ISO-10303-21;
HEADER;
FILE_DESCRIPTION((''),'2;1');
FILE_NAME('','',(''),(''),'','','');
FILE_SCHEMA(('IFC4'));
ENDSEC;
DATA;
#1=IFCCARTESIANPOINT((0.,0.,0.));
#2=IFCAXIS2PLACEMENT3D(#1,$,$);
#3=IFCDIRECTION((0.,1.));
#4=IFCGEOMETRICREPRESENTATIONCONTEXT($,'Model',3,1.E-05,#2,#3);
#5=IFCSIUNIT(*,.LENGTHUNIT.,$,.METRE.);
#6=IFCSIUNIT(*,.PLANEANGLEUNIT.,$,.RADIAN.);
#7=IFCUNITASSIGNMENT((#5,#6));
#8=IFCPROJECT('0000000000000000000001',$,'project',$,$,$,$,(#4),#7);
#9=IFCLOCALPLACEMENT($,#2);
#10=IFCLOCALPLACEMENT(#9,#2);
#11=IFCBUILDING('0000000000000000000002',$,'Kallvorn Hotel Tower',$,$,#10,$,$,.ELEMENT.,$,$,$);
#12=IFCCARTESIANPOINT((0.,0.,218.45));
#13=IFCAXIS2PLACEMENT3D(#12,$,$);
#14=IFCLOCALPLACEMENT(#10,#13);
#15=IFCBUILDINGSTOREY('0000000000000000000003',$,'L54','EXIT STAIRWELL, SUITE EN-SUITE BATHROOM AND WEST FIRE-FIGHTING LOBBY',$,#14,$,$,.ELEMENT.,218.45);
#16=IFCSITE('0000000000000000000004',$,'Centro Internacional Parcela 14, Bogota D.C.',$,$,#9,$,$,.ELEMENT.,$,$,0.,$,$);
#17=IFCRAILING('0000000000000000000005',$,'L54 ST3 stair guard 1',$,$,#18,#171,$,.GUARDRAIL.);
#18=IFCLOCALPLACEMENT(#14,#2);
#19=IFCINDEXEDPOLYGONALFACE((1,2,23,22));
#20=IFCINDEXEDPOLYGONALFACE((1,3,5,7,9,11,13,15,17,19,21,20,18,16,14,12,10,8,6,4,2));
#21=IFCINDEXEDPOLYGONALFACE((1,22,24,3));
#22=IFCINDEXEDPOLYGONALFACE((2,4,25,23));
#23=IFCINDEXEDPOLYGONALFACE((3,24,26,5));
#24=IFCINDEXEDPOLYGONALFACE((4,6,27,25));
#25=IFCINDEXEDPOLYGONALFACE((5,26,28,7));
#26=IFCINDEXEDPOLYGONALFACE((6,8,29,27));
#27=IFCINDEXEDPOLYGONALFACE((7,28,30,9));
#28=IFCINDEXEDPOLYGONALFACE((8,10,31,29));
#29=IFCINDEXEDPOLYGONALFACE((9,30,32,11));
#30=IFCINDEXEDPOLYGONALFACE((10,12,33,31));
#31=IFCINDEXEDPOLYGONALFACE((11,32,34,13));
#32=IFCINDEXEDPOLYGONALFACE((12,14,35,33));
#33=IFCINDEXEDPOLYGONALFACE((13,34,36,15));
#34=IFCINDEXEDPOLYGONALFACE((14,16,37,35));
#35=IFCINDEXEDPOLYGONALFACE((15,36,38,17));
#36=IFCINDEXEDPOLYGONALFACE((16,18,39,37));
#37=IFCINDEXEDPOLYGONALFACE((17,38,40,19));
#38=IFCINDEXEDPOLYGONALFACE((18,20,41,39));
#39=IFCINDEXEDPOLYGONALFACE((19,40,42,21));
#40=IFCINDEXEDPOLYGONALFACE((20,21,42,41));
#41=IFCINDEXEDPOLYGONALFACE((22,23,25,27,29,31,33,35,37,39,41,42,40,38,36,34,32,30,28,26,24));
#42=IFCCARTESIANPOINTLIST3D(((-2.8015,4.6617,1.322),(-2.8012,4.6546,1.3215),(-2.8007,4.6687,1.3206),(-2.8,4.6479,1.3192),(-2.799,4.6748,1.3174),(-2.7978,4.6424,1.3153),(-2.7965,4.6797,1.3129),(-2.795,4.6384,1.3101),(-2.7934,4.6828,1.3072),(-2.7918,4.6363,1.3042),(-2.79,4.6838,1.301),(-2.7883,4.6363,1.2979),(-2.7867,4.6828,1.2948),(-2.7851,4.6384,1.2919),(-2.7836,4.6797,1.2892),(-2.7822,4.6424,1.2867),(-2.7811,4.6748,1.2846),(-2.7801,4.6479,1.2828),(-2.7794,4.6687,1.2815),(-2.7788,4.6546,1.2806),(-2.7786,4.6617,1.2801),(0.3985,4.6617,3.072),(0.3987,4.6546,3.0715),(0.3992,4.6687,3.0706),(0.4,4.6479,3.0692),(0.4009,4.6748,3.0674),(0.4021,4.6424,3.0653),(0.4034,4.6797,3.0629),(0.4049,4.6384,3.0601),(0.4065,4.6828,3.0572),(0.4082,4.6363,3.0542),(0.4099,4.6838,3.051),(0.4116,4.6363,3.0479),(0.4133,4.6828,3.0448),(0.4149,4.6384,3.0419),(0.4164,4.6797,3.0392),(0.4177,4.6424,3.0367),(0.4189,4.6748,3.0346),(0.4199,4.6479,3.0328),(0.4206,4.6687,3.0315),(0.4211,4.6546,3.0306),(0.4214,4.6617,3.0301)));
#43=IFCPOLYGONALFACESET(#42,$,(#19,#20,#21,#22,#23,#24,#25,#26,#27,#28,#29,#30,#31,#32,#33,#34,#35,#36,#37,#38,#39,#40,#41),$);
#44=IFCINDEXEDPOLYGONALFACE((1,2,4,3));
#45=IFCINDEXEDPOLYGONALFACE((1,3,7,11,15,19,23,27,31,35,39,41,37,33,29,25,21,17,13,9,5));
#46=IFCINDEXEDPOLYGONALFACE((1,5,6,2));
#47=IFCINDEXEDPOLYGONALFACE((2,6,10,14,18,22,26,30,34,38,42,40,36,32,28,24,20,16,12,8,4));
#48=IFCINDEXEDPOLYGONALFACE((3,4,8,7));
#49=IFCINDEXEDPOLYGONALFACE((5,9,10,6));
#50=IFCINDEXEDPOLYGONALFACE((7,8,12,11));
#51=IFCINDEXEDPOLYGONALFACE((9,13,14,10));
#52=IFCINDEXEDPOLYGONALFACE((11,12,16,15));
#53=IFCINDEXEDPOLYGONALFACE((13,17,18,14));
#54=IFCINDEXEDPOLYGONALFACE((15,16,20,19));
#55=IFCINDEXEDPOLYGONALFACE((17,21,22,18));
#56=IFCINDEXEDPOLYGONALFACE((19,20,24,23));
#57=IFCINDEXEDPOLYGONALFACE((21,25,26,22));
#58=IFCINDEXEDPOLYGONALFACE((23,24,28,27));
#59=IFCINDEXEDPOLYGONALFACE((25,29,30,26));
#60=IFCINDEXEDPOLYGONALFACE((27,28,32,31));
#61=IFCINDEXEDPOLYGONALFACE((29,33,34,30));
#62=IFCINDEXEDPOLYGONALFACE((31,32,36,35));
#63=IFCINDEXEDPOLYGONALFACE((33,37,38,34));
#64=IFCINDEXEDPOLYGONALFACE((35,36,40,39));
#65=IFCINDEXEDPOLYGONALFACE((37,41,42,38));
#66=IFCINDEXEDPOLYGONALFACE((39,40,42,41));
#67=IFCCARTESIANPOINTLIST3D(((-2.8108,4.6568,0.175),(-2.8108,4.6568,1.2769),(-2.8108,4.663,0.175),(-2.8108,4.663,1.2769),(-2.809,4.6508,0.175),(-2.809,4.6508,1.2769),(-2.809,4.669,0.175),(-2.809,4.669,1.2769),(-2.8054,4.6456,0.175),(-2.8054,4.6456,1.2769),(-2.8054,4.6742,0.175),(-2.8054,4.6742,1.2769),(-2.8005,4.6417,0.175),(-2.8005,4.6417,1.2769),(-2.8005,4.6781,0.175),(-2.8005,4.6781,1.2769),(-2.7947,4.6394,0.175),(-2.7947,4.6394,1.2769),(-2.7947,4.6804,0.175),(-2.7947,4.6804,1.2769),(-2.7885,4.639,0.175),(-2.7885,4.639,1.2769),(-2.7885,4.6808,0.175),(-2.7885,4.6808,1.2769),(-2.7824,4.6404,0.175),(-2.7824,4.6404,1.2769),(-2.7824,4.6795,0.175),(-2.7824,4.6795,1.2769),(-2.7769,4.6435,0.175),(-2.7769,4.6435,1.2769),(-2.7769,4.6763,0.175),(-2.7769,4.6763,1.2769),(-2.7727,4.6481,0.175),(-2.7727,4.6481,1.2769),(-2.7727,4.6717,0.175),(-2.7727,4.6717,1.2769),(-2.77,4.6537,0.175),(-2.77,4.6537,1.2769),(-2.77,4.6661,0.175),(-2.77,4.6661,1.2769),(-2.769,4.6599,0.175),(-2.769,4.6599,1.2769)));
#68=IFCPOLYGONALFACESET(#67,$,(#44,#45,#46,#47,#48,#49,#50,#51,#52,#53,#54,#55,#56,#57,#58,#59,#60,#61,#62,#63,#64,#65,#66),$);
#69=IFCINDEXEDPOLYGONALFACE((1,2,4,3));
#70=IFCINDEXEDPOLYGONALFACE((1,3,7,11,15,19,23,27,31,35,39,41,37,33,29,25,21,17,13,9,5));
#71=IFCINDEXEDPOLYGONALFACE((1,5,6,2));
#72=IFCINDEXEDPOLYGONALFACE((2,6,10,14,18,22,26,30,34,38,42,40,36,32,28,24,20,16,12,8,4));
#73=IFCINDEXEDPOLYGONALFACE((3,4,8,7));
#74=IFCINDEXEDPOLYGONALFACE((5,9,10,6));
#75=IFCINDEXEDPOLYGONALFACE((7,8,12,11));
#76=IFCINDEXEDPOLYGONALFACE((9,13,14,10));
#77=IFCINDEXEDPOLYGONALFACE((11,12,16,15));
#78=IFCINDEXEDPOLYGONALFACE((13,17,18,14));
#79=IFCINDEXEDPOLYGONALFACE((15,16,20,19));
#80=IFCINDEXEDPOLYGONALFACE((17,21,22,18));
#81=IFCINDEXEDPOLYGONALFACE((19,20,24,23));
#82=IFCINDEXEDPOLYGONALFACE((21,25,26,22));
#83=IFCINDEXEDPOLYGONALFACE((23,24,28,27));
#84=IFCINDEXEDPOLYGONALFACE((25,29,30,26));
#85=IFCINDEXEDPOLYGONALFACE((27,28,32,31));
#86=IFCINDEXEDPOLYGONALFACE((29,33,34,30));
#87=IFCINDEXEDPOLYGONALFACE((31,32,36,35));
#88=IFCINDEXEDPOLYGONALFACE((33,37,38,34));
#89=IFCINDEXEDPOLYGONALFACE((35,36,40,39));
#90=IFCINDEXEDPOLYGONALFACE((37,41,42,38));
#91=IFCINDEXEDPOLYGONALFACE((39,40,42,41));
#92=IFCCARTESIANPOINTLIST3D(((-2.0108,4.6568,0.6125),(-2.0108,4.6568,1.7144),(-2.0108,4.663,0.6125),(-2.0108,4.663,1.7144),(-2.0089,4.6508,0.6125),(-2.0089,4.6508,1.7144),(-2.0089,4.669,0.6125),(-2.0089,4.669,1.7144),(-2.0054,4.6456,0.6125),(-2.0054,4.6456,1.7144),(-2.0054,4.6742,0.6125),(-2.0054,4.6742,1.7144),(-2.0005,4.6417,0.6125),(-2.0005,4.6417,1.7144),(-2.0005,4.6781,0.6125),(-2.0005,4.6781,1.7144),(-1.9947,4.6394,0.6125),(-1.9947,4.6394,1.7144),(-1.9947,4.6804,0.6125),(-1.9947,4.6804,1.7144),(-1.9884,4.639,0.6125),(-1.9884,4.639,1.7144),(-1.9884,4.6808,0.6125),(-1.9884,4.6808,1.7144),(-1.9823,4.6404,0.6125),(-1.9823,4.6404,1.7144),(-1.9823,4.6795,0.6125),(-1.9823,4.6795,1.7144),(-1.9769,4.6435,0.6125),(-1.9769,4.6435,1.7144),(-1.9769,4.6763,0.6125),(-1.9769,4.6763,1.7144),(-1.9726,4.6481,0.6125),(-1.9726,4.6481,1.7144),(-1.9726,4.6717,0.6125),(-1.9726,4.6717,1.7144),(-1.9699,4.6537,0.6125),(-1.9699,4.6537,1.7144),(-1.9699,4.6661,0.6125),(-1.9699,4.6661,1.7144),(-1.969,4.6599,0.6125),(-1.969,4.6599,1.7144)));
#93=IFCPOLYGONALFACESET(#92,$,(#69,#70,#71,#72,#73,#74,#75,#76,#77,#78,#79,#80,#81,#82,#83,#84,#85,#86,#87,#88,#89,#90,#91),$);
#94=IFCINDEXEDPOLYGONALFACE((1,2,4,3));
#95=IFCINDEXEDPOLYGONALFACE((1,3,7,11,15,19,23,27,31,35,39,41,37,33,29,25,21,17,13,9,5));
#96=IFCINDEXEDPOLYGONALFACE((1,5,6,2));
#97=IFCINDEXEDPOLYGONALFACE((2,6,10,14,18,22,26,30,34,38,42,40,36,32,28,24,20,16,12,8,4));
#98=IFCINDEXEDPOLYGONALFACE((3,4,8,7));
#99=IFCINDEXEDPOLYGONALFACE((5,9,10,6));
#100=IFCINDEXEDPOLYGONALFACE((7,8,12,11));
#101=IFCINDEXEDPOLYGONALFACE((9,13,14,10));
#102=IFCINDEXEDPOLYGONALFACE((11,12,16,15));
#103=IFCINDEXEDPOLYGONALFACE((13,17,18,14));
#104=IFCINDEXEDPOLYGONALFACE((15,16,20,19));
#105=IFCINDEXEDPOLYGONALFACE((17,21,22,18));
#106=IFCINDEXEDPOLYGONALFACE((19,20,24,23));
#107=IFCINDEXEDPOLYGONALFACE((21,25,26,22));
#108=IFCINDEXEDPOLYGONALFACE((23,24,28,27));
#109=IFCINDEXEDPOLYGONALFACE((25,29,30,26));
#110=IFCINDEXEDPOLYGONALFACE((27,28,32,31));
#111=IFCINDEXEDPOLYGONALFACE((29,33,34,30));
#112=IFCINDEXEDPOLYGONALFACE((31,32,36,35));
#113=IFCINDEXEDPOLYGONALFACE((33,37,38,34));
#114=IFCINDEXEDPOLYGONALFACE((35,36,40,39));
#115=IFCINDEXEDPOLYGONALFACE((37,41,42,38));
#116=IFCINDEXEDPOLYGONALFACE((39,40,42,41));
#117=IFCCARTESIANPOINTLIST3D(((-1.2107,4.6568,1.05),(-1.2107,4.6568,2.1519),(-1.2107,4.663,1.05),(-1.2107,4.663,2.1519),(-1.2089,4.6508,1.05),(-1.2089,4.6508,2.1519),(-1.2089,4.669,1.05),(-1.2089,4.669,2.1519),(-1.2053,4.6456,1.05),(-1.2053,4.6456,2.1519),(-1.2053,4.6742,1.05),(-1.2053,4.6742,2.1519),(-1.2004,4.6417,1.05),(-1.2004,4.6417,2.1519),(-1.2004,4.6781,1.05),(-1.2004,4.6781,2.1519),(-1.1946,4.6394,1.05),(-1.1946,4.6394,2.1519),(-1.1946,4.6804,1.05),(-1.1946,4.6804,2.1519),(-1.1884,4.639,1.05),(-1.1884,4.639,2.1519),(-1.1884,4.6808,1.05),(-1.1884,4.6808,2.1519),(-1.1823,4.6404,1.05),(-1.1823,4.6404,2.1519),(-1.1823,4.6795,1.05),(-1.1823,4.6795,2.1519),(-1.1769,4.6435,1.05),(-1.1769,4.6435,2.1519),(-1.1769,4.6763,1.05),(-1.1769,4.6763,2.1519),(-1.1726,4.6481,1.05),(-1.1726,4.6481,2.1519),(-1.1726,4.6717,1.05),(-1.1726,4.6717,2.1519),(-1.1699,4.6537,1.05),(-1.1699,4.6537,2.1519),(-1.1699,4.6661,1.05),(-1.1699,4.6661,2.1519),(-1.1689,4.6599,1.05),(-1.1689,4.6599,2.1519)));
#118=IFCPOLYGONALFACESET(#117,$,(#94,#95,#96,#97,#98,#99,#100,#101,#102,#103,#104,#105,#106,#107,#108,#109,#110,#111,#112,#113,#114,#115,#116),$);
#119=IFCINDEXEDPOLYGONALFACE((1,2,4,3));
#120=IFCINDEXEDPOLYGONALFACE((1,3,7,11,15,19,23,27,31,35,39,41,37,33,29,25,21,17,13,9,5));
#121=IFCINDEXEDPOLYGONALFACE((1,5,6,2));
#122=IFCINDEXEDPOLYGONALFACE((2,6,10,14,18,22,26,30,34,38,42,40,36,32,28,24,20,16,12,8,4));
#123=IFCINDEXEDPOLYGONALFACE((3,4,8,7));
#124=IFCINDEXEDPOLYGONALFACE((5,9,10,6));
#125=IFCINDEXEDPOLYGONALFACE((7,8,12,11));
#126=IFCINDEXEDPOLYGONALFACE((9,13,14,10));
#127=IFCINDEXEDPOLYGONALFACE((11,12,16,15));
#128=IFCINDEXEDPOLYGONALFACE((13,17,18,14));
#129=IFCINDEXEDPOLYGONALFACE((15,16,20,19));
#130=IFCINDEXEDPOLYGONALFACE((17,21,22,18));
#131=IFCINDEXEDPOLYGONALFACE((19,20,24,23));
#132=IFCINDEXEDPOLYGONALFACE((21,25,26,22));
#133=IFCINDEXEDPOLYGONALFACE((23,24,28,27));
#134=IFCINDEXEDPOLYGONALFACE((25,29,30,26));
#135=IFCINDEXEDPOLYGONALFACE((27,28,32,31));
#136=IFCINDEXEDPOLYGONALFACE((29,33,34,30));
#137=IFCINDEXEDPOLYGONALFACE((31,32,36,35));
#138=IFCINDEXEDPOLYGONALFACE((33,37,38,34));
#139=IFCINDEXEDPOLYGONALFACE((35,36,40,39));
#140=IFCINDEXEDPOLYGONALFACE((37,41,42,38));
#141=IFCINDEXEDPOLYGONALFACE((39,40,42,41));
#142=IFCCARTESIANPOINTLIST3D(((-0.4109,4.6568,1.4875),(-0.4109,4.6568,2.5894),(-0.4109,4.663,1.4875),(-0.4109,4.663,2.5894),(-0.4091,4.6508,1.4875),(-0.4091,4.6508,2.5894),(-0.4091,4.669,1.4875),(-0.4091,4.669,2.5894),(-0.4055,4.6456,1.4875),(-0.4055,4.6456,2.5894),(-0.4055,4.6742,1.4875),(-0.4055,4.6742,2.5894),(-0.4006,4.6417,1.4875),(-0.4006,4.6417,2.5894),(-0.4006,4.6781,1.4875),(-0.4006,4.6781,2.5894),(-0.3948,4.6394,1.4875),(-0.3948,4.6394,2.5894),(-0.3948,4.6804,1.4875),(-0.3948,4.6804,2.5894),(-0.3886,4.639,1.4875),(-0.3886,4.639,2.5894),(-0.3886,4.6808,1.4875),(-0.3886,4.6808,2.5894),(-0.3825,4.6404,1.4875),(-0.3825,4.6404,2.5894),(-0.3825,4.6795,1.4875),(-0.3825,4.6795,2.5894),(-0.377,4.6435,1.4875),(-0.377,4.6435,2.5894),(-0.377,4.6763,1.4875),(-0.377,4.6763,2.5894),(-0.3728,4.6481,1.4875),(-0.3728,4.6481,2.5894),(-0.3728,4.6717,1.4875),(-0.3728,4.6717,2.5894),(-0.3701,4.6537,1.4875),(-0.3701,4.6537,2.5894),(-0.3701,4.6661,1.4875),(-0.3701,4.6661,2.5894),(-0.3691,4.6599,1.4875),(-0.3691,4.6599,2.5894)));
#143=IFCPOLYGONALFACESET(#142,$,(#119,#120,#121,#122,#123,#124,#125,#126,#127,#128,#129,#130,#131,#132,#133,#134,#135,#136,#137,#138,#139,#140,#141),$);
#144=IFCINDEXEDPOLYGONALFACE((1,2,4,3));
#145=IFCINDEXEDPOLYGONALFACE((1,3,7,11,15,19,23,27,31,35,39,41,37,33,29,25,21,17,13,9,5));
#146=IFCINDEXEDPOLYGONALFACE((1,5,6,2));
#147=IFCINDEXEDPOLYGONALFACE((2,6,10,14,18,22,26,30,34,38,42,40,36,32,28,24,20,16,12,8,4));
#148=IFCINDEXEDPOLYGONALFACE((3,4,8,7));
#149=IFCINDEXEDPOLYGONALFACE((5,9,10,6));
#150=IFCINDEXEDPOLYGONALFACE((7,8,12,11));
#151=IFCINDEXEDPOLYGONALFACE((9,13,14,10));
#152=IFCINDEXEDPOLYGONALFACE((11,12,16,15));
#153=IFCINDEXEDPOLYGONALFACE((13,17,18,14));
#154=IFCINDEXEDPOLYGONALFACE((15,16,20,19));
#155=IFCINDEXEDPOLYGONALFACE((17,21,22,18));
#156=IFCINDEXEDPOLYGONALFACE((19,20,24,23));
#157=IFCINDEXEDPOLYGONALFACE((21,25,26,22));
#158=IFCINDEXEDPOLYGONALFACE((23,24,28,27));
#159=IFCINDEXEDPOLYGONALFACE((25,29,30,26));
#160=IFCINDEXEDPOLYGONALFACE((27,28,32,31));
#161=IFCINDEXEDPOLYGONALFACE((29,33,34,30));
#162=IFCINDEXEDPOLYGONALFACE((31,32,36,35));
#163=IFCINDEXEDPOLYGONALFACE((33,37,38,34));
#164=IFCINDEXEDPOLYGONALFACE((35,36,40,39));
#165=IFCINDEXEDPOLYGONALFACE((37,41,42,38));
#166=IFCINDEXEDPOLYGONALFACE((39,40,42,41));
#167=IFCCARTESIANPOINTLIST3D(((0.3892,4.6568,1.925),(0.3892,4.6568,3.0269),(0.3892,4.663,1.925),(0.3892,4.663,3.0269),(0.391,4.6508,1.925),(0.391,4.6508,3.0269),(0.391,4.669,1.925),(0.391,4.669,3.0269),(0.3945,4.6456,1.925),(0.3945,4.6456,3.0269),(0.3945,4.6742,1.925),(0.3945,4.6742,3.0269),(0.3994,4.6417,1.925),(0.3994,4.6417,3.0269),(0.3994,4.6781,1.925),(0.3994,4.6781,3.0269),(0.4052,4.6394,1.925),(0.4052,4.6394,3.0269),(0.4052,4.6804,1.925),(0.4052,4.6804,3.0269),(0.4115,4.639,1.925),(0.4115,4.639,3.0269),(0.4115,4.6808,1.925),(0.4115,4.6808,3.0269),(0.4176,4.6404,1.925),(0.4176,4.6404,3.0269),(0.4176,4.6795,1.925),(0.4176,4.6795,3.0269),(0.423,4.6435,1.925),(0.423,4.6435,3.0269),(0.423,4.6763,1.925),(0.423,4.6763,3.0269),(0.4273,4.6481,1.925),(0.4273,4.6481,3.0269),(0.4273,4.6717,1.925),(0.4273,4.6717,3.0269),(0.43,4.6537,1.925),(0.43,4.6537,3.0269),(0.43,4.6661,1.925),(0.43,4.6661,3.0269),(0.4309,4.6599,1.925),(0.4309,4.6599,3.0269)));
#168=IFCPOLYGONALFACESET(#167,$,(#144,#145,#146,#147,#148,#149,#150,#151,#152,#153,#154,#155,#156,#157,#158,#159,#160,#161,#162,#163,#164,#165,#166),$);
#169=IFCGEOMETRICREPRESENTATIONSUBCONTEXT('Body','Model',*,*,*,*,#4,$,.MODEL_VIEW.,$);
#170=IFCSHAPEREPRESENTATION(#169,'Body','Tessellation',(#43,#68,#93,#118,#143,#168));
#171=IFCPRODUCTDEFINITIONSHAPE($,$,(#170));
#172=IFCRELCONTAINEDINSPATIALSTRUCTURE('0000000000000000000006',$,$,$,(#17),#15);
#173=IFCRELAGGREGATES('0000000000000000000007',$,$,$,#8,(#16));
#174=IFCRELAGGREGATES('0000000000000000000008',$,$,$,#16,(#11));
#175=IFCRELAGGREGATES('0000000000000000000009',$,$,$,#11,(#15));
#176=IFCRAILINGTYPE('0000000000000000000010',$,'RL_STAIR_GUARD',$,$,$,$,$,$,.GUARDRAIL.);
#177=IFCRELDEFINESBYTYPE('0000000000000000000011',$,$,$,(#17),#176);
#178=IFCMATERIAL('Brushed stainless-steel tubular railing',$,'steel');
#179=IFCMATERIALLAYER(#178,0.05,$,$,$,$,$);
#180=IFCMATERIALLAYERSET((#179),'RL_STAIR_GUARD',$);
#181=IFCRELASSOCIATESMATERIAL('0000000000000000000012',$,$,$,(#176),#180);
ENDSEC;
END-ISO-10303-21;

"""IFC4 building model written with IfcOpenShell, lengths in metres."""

from ifc_helpers import new_model, si_unit, direction, frame, origin, origin_2d, place, context, subcontext, project, spatial, circle, extrude, material, layer, layer_set, type_object, element, save


model = new_model("IFC4")

# Units and contexts
model_context = context("Model", 3, precision=1e-05, world=origin(), true_north=direction((0.0, 1.0)))
body_context = subcontext(model_context, "Body", "Model", "MODEL_VIEW")
ifc_project = project(units=[si_unit("LENGTHUNIT", "METRE"), si_unit("PLANEANGLEUNIT", "RADIAN")], contexts=[model_context])

# Site, building, storey
site_placement = place(None, origin())
site = spatial("IfcSite", under=ifc_project, at=site_placement, Name="Centro Internacional Parcela 14, Bogota D.C.", CompositionType="ELEMENT", RefElevation=0.0)
building_placement = place(site_placement, origin())
building = spatial("IfcBuilding", under=site, at=building_placement, Name="Kallvorn Hotel Tower", CompositionType="ELEMENT")
storey_placement = place(building_placement, frame((0.0, 0.0, 218.45)))
storey = spatial("IfcBuildingStorey", under=building, at=storey_placement, Name="L54", Description="EXIT STAIRWELL, SUITE EN-SUITE BATHROOM AND WEST FIRE-FIGHTING LOBBY", CompositionType="ELEMENT", Elevation=218.45)

# Railing
ifc_material_1 = material(Name="Brushed stainless-steel tubular railing", Category="steel")
ifc_layer_1 = layer(ifc_material_1, 0.05)
ifc_layer_set_1 = layer_set([ifc_layer_1], Name="RL_STAIR_GUARD")
railing_type_1 = type_object("IfcRailingType", Name="RL_STAIR_GUARD", PredefinedType="GUARDRAIL", material=ifc_layer_set_1)
railing_1_placement = place(storey_placement, frame((-2.79, 4.6599, 0.175)))
element("IfcRailing", 1, at=railing_1_placement, inside=storey, type_object=railing_type_1, Name="L54 ST3 stair guard 1", PredefinedType="GUARDRAIL", context=body_context, shape_type="SweptSolid", body=[
    extrude(circle(Radius=0.0239, at=origin_2d()), frame((0.0, 0.0, 1.126), z_axis=(0.877368, 0.0, 0.479818), x_axis=(0.0, 1.0, 0.0)), (0.0, 0.0, 1.0), 3.6472),
    extrude(circle(Radius=0.021, at=origin_2d()), origin(), (0.0, 0.0, 1.0), 1.1018),
    extrude(circle(Radius=0.021, at=origin_2d()), frame((0.8, 0.0, 0.4375)), (0.0, 0.0, 1.0), 1.1018),
    extrude(circle(Radius=0.021, at=origin_2d()), frame((1.6001, 0.0, 0.875)), (0.0, 0.0, 1.0), 1.1018),
    extrude(circle(Radius=0.021, at=origin_2d()), frame((2.3999, 0.0, 1.3125)), (0.0, 0.0, 1.0), 1.1018),
    extrude(circle(Radius=0.021, at=origin_2d()), frame((3.2, 0.0, 1.75)), (0.0, 0.0, 1.0), 1.1018),
])

save(model, "model.ifc")
